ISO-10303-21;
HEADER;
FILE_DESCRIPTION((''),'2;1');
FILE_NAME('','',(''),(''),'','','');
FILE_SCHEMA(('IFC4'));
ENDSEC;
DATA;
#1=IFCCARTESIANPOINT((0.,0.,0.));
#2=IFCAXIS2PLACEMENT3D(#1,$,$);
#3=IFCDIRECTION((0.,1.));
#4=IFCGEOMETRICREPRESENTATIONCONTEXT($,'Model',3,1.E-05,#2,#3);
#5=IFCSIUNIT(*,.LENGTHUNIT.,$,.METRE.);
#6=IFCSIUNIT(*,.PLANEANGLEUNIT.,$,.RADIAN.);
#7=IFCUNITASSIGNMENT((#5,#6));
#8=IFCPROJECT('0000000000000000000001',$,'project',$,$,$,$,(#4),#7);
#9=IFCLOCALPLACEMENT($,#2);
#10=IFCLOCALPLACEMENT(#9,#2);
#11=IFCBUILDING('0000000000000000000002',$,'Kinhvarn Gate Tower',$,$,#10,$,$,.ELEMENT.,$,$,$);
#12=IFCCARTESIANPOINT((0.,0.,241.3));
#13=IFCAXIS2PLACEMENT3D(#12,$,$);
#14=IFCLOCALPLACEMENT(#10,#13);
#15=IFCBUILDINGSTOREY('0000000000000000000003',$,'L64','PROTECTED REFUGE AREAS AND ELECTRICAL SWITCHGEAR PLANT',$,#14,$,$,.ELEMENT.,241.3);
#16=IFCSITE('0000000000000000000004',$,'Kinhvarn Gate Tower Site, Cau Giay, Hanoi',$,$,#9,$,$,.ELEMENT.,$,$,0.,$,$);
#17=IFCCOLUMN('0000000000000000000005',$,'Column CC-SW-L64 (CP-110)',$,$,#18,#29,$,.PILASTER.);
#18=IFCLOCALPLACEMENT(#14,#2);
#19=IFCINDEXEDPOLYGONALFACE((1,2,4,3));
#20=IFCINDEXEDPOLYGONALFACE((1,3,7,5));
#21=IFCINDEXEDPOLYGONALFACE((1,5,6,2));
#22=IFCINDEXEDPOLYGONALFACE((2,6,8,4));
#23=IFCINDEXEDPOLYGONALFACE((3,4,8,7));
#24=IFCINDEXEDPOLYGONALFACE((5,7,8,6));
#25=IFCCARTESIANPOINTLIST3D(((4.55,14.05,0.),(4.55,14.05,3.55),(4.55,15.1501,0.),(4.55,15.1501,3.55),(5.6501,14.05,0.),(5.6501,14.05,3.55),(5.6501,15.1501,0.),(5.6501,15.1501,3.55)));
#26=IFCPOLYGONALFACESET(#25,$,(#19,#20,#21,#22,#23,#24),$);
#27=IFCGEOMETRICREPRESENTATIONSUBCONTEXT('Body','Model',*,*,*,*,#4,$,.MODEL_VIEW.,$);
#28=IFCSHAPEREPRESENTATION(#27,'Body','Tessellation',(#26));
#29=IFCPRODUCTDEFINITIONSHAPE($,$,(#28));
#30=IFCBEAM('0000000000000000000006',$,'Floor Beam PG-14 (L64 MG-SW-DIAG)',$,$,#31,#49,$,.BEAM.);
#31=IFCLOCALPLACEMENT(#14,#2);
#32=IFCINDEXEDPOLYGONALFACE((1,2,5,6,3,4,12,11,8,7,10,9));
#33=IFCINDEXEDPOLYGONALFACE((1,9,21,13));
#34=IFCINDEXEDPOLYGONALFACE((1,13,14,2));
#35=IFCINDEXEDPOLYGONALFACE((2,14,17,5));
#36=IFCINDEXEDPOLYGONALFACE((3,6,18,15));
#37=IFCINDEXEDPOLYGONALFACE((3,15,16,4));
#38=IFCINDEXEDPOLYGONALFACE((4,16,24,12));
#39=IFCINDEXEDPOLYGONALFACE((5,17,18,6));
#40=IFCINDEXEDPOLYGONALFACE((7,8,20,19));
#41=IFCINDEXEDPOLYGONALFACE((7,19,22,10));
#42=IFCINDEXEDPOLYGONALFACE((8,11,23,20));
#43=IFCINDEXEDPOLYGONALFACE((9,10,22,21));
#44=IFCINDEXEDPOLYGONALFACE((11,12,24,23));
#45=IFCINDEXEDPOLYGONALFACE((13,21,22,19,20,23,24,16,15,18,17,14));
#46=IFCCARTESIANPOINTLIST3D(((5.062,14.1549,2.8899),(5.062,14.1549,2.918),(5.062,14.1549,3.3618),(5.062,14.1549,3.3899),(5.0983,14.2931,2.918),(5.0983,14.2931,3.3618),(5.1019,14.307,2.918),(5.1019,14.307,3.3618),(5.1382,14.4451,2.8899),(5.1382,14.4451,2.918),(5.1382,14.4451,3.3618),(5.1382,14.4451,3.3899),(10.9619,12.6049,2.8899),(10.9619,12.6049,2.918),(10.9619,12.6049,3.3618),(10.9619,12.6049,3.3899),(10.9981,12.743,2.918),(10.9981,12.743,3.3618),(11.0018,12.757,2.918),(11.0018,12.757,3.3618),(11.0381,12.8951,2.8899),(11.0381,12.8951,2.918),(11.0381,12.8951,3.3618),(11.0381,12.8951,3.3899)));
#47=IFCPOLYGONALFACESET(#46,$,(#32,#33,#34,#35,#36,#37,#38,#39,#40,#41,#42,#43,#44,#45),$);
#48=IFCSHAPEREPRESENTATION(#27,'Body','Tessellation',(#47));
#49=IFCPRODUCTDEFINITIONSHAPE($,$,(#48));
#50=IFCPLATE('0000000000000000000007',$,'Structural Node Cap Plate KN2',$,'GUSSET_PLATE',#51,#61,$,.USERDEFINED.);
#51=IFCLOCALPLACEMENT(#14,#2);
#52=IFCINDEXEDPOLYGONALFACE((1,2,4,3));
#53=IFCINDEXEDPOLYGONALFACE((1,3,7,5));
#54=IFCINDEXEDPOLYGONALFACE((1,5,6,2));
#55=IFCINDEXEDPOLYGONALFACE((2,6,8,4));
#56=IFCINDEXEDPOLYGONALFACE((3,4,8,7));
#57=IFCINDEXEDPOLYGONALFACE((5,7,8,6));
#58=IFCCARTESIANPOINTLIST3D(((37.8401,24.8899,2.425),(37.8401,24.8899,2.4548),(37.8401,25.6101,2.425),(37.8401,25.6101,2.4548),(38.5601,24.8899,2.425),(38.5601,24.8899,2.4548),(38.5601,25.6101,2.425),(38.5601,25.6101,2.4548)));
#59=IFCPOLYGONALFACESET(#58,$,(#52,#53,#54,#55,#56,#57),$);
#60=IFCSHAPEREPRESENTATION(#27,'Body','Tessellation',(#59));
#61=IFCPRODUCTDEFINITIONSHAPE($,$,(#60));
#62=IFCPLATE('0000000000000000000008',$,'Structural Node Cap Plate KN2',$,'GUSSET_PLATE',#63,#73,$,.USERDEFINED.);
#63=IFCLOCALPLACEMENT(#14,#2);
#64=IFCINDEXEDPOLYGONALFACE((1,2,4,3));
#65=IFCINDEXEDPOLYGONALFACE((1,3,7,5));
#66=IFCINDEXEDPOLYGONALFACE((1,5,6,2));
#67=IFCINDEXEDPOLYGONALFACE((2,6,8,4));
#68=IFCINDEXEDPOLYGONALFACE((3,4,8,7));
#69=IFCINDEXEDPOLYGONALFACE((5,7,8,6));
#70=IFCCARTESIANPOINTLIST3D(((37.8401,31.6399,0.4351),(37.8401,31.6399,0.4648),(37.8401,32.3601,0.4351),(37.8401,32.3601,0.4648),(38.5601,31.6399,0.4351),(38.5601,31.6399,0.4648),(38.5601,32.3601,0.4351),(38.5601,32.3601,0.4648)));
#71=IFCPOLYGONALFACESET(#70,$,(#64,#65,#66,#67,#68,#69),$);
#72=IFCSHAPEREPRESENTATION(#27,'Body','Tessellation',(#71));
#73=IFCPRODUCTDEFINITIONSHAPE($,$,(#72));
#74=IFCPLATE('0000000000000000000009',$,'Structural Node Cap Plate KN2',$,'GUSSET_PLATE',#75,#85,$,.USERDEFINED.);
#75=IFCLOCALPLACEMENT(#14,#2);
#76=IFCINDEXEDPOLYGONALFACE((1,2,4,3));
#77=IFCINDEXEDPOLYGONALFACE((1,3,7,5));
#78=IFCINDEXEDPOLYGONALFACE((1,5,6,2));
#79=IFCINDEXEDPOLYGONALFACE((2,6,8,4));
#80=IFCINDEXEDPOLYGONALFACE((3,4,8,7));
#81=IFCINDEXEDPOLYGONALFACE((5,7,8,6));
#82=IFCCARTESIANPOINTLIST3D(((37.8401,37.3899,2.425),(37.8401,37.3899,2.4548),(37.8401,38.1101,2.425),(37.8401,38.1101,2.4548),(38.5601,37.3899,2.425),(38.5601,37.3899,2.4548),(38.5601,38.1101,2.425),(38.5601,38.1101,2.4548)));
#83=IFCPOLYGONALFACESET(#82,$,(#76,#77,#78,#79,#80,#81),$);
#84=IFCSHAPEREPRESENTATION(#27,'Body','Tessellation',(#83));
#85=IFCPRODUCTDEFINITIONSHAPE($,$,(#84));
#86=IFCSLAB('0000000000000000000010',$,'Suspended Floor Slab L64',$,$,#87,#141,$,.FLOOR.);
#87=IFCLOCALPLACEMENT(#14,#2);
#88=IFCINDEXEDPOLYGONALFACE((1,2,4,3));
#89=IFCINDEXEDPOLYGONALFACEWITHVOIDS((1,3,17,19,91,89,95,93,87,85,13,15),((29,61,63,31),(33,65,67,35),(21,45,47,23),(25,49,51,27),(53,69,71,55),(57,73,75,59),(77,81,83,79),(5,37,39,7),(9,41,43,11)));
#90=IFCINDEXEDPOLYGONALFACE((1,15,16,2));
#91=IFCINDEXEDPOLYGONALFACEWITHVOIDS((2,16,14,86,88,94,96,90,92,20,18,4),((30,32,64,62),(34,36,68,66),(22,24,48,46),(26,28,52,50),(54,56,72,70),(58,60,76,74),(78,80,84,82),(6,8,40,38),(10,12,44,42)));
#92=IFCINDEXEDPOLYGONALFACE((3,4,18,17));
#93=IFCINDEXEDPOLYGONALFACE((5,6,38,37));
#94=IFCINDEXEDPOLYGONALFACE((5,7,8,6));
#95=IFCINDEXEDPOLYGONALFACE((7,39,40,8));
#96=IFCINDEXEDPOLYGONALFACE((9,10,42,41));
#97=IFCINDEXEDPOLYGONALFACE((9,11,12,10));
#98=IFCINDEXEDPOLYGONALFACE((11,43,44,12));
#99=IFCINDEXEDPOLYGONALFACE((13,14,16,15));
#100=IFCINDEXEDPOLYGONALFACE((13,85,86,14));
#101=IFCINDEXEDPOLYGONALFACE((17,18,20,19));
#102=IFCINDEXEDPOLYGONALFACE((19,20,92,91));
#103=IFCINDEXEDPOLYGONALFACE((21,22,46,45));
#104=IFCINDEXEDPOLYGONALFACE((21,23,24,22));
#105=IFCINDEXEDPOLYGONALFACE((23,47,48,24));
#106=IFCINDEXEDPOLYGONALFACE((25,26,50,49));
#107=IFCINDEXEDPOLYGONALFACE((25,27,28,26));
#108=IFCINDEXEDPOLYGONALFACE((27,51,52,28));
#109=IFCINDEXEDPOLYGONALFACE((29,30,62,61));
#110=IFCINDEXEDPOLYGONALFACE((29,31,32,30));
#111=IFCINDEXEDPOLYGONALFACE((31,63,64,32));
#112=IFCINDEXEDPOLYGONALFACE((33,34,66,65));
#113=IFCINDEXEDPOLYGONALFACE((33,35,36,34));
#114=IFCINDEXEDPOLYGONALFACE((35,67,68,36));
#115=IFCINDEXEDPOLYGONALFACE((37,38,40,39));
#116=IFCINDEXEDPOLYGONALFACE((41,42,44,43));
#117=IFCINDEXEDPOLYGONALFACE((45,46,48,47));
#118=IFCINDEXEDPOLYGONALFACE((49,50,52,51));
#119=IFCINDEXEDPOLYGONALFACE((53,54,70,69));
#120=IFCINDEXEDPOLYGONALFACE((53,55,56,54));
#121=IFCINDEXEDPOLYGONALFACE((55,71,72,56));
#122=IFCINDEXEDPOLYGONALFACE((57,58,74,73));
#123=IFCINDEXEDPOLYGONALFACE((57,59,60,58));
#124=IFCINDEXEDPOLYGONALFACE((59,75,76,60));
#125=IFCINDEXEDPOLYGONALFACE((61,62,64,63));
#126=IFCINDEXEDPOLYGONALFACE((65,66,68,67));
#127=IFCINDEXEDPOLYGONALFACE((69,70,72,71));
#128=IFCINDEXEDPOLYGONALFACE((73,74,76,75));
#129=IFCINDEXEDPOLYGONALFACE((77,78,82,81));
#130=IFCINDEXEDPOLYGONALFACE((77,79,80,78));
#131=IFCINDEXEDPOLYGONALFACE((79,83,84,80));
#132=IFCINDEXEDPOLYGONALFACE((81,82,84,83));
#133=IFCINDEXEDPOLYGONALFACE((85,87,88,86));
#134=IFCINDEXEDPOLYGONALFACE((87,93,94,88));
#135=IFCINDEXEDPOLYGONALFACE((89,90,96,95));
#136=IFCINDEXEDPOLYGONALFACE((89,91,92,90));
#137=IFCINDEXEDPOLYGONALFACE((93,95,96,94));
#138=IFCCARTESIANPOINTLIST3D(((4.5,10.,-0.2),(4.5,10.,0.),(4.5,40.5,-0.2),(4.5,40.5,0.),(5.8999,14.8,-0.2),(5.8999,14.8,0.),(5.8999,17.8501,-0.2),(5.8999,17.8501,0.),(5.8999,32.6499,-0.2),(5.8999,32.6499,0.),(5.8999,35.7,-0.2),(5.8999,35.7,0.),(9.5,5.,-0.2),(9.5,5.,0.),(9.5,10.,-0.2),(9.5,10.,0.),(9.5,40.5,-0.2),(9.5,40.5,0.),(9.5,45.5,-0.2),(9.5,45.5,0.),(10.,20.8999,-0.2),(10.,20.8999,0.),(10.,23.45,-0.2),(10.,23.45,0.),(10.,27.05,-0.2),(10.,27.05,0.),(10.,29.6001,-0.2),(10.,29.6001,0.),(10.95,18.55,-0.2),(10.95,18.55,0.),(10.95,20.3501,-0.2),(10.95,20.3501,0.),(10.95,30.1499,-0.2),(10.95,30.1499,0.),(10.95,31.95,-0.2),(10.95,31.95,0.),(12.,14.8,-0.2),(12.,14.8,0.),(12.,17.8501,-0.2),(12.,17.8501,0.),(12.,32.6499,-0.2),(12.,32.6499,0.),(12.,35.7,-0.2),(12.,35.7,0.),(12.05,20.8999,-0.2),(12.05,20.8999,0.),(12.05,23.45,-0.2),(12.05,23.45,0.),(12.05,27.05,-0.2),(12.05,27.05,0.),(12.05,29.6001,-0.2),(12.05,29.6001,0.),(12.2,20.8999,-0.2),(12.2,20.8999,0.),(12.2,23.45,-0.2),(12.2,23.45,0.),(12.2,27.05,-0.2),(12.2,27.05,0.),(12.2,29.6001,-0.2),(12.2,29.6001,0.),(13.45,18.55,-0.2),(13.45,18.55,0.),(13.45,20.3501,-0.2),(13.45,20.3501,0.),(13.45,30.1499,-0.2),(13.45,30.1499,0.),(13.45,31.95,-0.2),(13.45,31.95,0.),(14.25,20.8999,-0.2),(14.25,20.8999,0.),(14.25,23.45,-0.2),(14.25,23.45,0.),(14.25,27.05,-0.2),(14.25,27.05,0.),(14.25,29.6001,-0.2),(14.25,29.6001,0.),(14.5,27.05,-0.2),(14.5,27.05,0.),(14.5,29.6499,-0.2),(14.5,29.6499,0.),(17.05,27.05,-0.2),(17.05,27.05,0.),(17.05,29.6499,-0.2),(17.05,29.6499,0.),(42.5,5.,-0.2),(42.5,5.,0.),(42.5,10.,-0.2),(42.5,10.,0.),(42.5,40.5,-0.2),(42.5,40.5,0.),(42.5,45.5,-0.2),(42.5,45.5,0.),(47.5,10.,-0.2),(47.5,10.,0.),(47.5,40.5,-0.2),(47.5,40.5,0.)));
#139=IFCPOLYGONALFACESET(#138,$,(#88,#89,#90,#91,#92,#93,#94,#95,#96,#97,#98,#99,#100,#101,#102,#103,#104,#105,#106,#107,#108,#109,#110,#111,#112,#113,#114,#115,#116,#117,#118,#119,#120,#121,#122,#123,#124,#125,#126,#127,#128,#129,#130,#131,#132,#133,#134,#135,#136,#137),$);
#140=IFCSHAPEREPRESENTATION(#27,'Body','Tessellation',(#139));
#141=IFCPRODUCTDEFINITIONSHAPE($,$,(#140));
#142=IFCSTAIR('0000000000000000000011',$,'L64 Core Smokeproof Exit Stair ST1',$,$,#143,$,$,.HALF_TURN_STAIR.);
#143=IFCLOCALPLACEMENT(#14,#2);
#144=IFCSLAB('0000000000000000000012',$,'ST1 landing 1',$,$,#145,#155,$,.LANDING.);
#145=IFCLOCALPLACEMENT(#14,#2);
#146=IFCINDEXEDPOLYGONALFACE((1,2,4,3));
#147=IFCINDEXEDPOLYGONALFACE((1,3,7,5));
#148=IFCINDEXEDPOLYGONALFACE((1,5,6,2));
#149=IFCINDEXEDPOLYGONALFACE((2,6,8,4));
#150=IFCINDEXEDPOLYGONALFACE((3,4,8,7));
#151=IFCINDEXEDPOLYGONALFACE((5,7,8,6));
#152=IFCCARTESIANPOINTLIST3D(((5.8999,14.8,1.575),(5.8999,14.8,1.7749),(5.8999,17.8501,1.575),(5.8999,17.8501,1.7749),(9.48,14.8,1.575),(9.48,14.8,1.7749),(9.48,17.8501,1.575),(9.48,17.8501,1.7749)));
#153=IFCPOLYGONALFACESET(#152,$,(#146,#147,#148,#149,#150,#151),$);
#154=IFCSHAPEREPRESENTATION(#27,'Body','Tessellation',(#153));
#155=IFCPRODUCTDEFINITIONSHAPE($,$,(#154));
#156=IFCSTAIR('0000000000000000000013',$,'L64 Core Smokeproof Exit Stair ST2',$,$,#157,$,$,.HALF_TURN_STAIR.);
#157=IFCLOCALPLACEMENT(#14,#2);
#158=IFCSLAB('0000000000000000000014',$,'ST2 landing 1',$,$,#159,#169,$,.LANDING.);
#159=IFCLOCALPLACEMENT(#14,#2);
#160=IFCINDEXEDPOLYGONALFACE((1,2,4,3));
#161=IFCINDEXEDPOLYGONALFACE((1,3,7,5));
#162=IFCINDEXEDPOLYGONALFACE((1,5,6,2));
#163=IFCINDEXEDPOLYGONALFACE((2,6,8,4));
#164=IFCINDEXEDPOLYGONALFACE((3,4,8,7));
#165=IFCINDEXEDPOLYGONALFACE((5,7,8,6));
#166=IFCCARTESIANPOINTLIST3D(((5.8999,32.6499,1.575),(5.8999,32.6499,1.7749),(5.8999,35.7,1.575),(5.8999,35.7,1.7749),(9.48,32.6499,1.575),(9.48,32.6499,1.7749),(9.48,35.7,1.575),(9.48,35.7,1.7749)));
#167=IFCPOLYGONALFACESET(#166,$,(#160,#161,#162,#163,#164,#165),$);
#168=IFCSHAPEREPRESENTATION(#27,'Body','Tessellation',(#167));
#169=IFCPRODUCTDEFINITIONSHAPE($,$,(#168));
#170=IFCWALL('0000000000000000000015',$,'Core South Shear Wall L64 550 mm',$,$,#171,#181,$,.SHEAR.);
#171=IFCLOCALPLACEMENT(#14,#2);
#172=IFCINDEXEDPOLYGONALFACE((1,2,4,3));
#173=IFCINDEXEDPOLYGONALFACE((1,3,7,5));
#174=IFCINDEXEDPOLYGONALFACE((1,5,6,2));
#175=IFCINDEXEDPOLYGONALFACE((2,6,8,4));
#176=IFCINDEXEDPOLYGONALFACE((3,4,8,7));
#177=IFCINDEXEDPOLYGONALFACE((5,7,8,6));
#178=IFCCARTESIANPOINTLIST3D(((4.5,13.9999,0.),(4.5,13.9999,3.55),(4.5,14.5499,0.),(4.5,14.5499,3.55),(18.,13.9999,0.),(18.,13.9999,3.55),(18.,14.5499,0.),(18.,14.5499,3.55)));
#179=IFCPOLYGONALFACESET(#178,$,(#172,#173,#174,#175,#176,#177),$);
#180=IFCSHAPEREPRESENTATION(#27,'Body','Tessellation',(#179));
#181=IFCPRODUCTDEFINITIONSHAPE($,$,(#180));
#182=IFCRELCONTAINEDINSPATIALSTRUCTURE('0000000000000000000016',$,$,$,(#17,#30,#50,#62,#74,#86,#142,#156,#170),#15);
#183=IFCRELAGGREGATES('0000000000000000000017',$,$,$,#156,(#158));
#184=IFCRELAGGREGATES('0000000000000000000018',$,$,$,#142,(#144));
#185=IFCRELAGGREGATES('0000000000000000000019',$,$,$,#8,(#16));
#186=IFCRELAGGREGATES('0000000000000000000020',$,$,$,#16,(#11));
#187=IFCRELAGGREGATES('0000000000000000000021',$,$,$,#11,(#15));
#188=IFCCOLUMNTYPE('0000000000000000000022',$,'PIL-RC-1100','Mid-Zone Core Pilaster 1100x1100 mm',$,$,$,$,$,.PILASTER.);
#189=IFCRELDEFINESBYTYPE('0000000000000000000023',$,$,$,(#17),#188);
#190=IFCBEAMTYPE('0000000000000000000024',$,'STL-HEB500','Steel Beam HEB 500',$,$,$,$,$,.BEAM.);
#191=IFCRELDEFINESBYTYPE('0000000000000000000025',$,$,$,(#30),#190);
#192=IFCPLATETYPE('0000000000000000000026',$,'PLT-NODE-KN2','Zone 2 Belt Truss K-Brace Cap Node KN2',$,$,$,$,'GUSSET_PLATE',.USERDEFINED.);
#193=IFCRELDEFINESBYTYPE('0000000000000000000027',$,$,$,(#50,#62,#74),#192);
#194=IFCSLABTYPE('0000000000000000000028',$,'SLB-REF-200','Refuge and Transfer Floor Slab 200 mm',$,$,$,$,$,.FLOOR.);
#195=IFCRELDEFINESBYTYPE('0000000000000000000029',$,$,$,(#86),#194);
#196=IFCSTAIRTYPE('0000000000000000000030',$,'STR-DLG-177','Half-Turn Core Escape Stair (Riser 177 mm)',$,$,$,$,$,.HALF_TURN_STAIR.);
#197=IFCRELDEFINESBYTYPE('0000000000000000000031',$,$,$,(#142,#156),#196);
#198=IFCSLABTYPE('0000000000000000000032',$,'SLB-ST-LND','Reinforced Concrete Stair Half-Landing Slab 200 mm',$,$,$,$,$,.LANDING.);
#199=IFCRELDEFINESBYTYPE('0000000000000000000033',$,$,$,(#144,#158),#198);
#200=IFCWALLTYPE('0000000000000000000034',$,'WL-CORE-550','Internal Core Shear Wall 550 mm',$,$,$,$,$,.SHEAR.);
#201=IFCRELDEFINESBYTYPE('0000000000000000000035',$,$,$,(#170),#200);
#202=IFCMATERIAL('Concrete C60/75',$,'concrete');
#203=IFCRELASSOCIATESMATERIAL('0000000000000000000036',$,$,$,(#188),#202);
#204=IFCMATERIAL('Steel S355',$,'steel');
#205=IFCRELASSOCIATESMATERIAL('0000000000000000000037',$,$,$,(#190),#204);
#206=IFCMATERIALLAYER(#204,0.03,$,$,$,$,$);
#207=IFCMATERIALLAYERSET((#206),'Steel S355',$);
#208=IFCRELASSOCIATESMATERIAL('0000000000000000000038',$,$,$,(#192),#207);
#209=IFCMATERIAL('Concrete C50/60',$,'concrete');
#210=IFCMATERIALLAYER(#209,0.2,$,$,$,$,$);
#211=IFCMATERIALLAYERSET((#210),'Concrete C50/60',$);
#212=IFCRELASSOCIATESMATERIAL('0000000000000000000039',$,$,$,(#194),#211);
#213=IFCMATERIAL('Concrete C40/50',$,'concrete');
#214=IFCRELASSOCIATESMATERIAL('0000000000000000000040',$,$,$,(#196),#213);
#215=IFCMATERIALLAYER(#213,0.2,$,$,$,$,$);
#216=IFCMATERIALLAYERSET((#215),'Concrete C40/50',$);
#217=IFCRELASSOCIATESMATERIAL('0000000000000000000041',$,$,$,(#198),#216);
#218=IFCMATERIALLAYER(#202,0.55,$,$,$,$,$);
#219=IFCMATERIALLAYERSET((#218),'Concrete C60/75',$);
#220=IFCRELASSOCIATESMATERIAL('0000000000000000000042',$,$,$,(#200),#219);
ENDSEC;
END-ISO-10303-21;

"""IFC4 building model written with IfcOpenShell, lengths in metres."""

from ifc_helpers import new_model, si_unit, direction, frame, frame_2d, origin, origin_2d, place, context, subcontext, project, spatial, polyline, rectangle, i_section, outline, extrude, material, layer, layer_set, material_profile, profile_set, type_object, element, aggregate, save


model = new_model("IFC4")

# Units and contexts
model_context = context("Model", 3, precision=1e-05, world=origin(), true_north=direction((0.0, 1.0)))
body_context = subcontext(model_context, "Body", "Model", "MODEL_VIEW")
ifc_project = project(units=[si_unit("LENGTHUNIT", "METRE"), si_unit("PLANEANGLEUNIT", "RADIAN")], contexts=[model_context])

# Site, building, storey
site_placement = place(None, origin())
site = spatial("IfcSite", under=ifc_project, at=site_placement, Name="Kinhvarn Gate Tower Site, Cau Giay, Hanoi", CompositionType="ELEMENT", RefElevation=0.0)
building_placement = place(site_placement, origin())
building = spatial("IfcBuilding", under=site, at=building_placement, Name="Kinhvarn Gate Tower", CompositionType="ELEMENT")
storey_placement = place(building_placement, frame((0.0, 0.0, 241.3)))
storey = spatial("IfcBuildingStorey", under=building, at=storey_placement, Name="L64", Description="PROTECTED REFUGE AREAS AND ELECTRICAL SWITCHGEAR PLANT", CompositionType="ELEMENT", Elevation=241.3)

# Column
ifc_material_1 = material(Name="Concrete C60/75", Category="concrete")
ifc_material_profile_1 = material_profile(ifc_material_1, rectangle(XDim=1.1001, YDim=1.1001, at=origin_2d()), Name="RC 1100x1100")
ifc_profile_set_1 = profile_set([ifc_material_profile_1], Name="Concrete C60/75")
column_type = type_object("IfcColumnType", Name="PIL-RC-1100", Description="Mid-Zone Core Pilaster 1100x1100 mm", PredefinedType="PILASTER", material=ifc_profile_set_1)
column_placement = place(storey_placement, frame((5.1001, 14.6001, 0.0), z_axis=(0.0, 0.0, 1.0), x_axis=(1.0, 0.0, 0.0)))
element("IfcColumn", 1, at=column_placement, inside=storey, type_object=column_type, Name="Column CC-SW-L64 (CP-110)", PredefinedType="PILASTER", context=body_context, shape_type="SweptSolid", body=[
    extrude(rectangle(XDim=1.1001, YDim=1.1001, at=origin_2d()), origin(), (0.0, 0.0, 1.0), 3.55),
])

# Beam
ifc_material_2 = material(Name="Steel S355", Category="steel")
ifc_material_profile_2 = material_profile(ifc_material_2, i_section(OverallWidth=0.3, OverallDepth=0.5, WebThickness=0.0144, FlangeThickness=0.0281, at=origin_2d()), Name="HEB 500")
ifc_profile_set_2 = profile_set([ifc_material_profile_2], Name="Steel S355")
beam_type = type_object("IfcBeamType", Name="STL-HEB500", Description="Steel Beam HEB 500", PredefinedType="BEAM", material=ifc_profile_set_2)
beam_placement = place(storey_placement, frame((5.1001, 14.3, 3.1399), z_axis=(0.967178, -0.254101, 0.0), x_axis=(0.254101, 0.967178, 0.0)))
element("IfcBeam", 2, at=beam_placement, inside=storey, type_object=beam_type, Name="Floor Beam PG-14 (L64 MG-SW-DIAG)", PredefinedType="BEAM", context=body_context, shape_type="SweptSolid", body=[
    extrude(i_section(OverallWidth=0.3, OverallDepth=0.5, WebThickness=0.0144, FlangeThickness=0.0281, at=origin_2d()), origin(), (0.0, 0.0, 1.0), 6.1001),
])

# Plates
ifc_layer_1 = layer(ifc_material_2, 0.03)
ifc_layer_set_1 = layer_set([ifc_layer_1], Name="Steel S355")
plate_type = type_object("IfcPlateType", Name="PLT-NODE-KN2", Description="Zone 2 Belt Truss K-Brace Cap Node KN2", ElementType="GUSSET_PLATE", PredefinedType="USERDEFINED", material=ifc_layer_set_1)
plate_1_placement = place(storey_placement, frame((0.0, 0.0, 2.425)))
element("IfcPlate", 3, at=plate_1_placement, inside=storey, type_object=plate_type, Name="Structural Node Cap Plate KN2", ObjectType="GUSSET_PLATE", PredefinedType="USERDEFINED", context=body_context, shape_type="SweptSolid", body=[
    extrude(outline(polyline([(37.8401, 24.8899), (38.5601, 24.8899), (38.5601, 25.6101), (37.8401, 25.6101), (37.8401, 24.8899)])), origin(), (0.0, 0.0, 1.0), 0.0298),
])
plate_2_placement = place(storey_placement, frame((0.0, 0.0, 0.4351)))
element("IfcPlate", 4, at=plate_2_placement, inside=storey, type_object=plate_type, Name="Structural Node Cap Plate KN2", ObjectType="GUSSET_PLATE", PredefinedType="USERDEFINED", context=body_context, shape_type="SweptSolid", body=[
    extrude(outline(polyline([(37.8401, 31.6399), (38.5601, 31.6399), (38.5601, 32.3601), (37.8401, 32.3601), (37.8401, 31.6399)])), origin(), (0.0, 0.0, 1.0), 0.0298),
])
plate_3_placement = place(storey_placement, frame((0.0, 0.0, 2.425)))
element("IfcPlate", 5, at=plate_3_placement, inside=storey, type_object=plate_type, Name="Structural Node Cap Plate KN2", ObjectType="GUSSET_PLATE", PredefinedType="USERDEFINED", context=body_context, shape_type="SweptSolid", body=[
    extrude(outline(polyline([(37.8401, 37.3899), (38.5601, 37.3899), (38.5601, 38.1101), (37.8401, 38.1101), (37.8401, 37.3899)])), origin(), (0.0, 0.0, 1.0), 0.0298),
])

# Slab
ifc_material_3 = material(Name="Concrete C50/60", Category="concrete")
ifc_layer_2 = layer(ifc_material_3, 0.2)
ifc_layer_set_2 = layer_set([ifc_layer_2], Name="Concrete C50/60")
slab_type_1 = type_object("IfcSlabType", Name="SLB-REF-200", Description="Refuge and Transfer Floor Slab 200 mm", PredefinedType="FLOOR", material=ifc_layer_set_2)
slab_1_placement = place(storey_placement, frame((0.0, 0.0, -0.2)))
element("IfcSlab", 6, at=slab_1_placement, inside=storey, type_object=slab_type_1, Name="Suspended Floor Slab L64", PredefinedType="FLOOR", context=body_context, shape_type="SweptSolid", body=[
    extrude(outline(polyline([(9.5, 5.0), (42.5, 5.0), (42.5, 10.0), (47.5, 10.0), (47.5, 40.5), (42.5, 40.5), (42.5, 45.5), (9.5, 45.5), (9.5, 40.5), (4.5, 40.5), (4.5, 10.0), (9.5, 10.0), (9.5, 5.0)]), holes=[polyline([(5.8999, 14.8), (12.0, 14.8), (12.0, 17.8501), (5.8999, 17.8501), (5.8999, 14.8)]), polyline([(5.8999, 32.6499), (12.0, 32.6499), (12.0, 35.7), (5.8999, 35.7), (5.8999, 32.6499)]), polyline([(10.0, 20.8999), (12.05, 20.8999), (12.05, 23.45), (10.0, 23.45), (10.0, 20.8999)]), polyline([(12.2, 20.8999), (14.25, 20.8999), (14.25, 23.45), (12.2, 23.45), (12.2, 20.8999)]), polyline([(10.0, 27.05), (12.05, 27.05), (12.05, 29.6001), (10.0, 29.6001), (10.0, 27.05)]), polyline([(12.2, 27.05), (14.25, 27.05), (14.25, 29.6001), (12.2, 29.6001), (12.2, 27.05)]), polyline([(14.5, 27.05), (17.05, 27.05), (17.05, 29.6499), (14.5, 29.6499), (14.5, 27.05)]), polyline([(10.95, 18.55), (13.45, 18.55), (13.45, 20.3501), (10.95, 20.3501), (10.95, 18.55)]), polyline([(10.95, 30.1499), (13.45, 30.1499), (13.45, 31.95), (10.95, 31.95), (10.95, 30.1499)])]), origin(), (0.0, 0.0, 1.0), 0.2),
])

# Stairs, slabs
ifc_material_4 = material(Name="Concrete C40/50", Category="concrete")
stair_type = type_object("IfcStairType", Name="STR-DLG-177", Description="Half-Turn Core Escape Stair (Riser 177 mm)", PredefinedType="HALF_TURN_STAIR", material=ifc_material_4)
stair_1_placement = place(storey_placement, origin())
stair_1 = element("IfcStair", 7, at=stair_1_placement, inside=storey, type_object=stair_type, Name="L64 Core Smokeproof Exit Stair ST1", PredefinedType="HALF_TURN_STAIR")
ifc_layer_3 = layer(ifc_material_4, 0.2)
ifc_layer_set_3 = layer_set([ifc_layer_3], Name="Concrete C40/50")
slab_type_2 = type_object("IfcSlabType", Name="SLB-ST-LND", Description="Reinforced Concrete Stair Half-Landing Slab 200 mm", PredefinedType="LANDING", material=ifc_layer_set_3)
slab_2_placement = place(storey_placement, frame((0.0, 0.0, 1.575)))
slab_2 = element("IfcSlab", 8, at=slab_2_placement, type_object=slab_type_2, Name="ST1 landing 1", PredefinedType="LANDING", context=body_context, shape_type="SweptSolid", body=[
    extrude(outline(polyline([(9.48, 17.8501), (5.8999, 17.8501), (5.8999, 14.8), (9.48, 14.8), (9.48, 17.8501)])), origin(), (0.0, 0.0, 1.0), 0.2),
])
stair_2_placement = place(storey_placement, origin())
stair_2 = element("IfcStair", 9, at=stair_2_placement, inside=storey, type_object=stair_type, Name="L64 Core Smokeproof Exit Stair ST2", PredefinedType="HALF_TURN_STAIR")
slab_3_placement = place(storey_placement, frame((0.0, 0.0, 1.575)))
slab_3 = element("IfcSlab", 10, at=slab_3_placement, type_object=slab_type_2, Name="ST2 landing 1", PredefinedType="LANDING", context=body_context, shape_type="SweptSolid", body=[
    extrude(outline(polyline([(9.48, 35.7), (5.8999, 35.7), (5.8999, 32.6499), (9.48, 32.6499), (9.48, 35.7)])), origin(), (0.0, 0.0, 1.0), 0.2),
])
aggregate(stair_2, [slab_3])

# Wall
ifc_layer_4 = layer(ifc_material_1, 0.55)
ifc_layer_set_4 = layer_set([ifc_layer_4], Name="Concrete C60/75")
wall_type_1 = type_object("IfcWallType", Name="WL-CORE-550", Description="Internal Core Shear Wall 550 mm", PredefinedType="SHEAR", material=ifc_layer_set_4)
wall_1_placement = place(storey_placement, frame((4.5, 14.2749, 0.0), z_axis=(0.0, 0.0, 1.0), x_axis=(1.0, 0.0, 0.0)))
element("IfcWall", 11, at=wall_1_placement, inside=storey, type_object=wall_type_1, Name="Core South Shear Wall L64 550 mm", PredefinedType="SHEAR", context=body_context, shape_type="SweptSolid", body=[
    extrude(rectangle(XDim=13.5, YDim=0.55, at=frame_2d((6.75, 0.0))), origin(), (0.0, 0.0, 1.0), 3.55),
])

aggregate(stair_1, [slab_2])

save(model, "model.ifc")
